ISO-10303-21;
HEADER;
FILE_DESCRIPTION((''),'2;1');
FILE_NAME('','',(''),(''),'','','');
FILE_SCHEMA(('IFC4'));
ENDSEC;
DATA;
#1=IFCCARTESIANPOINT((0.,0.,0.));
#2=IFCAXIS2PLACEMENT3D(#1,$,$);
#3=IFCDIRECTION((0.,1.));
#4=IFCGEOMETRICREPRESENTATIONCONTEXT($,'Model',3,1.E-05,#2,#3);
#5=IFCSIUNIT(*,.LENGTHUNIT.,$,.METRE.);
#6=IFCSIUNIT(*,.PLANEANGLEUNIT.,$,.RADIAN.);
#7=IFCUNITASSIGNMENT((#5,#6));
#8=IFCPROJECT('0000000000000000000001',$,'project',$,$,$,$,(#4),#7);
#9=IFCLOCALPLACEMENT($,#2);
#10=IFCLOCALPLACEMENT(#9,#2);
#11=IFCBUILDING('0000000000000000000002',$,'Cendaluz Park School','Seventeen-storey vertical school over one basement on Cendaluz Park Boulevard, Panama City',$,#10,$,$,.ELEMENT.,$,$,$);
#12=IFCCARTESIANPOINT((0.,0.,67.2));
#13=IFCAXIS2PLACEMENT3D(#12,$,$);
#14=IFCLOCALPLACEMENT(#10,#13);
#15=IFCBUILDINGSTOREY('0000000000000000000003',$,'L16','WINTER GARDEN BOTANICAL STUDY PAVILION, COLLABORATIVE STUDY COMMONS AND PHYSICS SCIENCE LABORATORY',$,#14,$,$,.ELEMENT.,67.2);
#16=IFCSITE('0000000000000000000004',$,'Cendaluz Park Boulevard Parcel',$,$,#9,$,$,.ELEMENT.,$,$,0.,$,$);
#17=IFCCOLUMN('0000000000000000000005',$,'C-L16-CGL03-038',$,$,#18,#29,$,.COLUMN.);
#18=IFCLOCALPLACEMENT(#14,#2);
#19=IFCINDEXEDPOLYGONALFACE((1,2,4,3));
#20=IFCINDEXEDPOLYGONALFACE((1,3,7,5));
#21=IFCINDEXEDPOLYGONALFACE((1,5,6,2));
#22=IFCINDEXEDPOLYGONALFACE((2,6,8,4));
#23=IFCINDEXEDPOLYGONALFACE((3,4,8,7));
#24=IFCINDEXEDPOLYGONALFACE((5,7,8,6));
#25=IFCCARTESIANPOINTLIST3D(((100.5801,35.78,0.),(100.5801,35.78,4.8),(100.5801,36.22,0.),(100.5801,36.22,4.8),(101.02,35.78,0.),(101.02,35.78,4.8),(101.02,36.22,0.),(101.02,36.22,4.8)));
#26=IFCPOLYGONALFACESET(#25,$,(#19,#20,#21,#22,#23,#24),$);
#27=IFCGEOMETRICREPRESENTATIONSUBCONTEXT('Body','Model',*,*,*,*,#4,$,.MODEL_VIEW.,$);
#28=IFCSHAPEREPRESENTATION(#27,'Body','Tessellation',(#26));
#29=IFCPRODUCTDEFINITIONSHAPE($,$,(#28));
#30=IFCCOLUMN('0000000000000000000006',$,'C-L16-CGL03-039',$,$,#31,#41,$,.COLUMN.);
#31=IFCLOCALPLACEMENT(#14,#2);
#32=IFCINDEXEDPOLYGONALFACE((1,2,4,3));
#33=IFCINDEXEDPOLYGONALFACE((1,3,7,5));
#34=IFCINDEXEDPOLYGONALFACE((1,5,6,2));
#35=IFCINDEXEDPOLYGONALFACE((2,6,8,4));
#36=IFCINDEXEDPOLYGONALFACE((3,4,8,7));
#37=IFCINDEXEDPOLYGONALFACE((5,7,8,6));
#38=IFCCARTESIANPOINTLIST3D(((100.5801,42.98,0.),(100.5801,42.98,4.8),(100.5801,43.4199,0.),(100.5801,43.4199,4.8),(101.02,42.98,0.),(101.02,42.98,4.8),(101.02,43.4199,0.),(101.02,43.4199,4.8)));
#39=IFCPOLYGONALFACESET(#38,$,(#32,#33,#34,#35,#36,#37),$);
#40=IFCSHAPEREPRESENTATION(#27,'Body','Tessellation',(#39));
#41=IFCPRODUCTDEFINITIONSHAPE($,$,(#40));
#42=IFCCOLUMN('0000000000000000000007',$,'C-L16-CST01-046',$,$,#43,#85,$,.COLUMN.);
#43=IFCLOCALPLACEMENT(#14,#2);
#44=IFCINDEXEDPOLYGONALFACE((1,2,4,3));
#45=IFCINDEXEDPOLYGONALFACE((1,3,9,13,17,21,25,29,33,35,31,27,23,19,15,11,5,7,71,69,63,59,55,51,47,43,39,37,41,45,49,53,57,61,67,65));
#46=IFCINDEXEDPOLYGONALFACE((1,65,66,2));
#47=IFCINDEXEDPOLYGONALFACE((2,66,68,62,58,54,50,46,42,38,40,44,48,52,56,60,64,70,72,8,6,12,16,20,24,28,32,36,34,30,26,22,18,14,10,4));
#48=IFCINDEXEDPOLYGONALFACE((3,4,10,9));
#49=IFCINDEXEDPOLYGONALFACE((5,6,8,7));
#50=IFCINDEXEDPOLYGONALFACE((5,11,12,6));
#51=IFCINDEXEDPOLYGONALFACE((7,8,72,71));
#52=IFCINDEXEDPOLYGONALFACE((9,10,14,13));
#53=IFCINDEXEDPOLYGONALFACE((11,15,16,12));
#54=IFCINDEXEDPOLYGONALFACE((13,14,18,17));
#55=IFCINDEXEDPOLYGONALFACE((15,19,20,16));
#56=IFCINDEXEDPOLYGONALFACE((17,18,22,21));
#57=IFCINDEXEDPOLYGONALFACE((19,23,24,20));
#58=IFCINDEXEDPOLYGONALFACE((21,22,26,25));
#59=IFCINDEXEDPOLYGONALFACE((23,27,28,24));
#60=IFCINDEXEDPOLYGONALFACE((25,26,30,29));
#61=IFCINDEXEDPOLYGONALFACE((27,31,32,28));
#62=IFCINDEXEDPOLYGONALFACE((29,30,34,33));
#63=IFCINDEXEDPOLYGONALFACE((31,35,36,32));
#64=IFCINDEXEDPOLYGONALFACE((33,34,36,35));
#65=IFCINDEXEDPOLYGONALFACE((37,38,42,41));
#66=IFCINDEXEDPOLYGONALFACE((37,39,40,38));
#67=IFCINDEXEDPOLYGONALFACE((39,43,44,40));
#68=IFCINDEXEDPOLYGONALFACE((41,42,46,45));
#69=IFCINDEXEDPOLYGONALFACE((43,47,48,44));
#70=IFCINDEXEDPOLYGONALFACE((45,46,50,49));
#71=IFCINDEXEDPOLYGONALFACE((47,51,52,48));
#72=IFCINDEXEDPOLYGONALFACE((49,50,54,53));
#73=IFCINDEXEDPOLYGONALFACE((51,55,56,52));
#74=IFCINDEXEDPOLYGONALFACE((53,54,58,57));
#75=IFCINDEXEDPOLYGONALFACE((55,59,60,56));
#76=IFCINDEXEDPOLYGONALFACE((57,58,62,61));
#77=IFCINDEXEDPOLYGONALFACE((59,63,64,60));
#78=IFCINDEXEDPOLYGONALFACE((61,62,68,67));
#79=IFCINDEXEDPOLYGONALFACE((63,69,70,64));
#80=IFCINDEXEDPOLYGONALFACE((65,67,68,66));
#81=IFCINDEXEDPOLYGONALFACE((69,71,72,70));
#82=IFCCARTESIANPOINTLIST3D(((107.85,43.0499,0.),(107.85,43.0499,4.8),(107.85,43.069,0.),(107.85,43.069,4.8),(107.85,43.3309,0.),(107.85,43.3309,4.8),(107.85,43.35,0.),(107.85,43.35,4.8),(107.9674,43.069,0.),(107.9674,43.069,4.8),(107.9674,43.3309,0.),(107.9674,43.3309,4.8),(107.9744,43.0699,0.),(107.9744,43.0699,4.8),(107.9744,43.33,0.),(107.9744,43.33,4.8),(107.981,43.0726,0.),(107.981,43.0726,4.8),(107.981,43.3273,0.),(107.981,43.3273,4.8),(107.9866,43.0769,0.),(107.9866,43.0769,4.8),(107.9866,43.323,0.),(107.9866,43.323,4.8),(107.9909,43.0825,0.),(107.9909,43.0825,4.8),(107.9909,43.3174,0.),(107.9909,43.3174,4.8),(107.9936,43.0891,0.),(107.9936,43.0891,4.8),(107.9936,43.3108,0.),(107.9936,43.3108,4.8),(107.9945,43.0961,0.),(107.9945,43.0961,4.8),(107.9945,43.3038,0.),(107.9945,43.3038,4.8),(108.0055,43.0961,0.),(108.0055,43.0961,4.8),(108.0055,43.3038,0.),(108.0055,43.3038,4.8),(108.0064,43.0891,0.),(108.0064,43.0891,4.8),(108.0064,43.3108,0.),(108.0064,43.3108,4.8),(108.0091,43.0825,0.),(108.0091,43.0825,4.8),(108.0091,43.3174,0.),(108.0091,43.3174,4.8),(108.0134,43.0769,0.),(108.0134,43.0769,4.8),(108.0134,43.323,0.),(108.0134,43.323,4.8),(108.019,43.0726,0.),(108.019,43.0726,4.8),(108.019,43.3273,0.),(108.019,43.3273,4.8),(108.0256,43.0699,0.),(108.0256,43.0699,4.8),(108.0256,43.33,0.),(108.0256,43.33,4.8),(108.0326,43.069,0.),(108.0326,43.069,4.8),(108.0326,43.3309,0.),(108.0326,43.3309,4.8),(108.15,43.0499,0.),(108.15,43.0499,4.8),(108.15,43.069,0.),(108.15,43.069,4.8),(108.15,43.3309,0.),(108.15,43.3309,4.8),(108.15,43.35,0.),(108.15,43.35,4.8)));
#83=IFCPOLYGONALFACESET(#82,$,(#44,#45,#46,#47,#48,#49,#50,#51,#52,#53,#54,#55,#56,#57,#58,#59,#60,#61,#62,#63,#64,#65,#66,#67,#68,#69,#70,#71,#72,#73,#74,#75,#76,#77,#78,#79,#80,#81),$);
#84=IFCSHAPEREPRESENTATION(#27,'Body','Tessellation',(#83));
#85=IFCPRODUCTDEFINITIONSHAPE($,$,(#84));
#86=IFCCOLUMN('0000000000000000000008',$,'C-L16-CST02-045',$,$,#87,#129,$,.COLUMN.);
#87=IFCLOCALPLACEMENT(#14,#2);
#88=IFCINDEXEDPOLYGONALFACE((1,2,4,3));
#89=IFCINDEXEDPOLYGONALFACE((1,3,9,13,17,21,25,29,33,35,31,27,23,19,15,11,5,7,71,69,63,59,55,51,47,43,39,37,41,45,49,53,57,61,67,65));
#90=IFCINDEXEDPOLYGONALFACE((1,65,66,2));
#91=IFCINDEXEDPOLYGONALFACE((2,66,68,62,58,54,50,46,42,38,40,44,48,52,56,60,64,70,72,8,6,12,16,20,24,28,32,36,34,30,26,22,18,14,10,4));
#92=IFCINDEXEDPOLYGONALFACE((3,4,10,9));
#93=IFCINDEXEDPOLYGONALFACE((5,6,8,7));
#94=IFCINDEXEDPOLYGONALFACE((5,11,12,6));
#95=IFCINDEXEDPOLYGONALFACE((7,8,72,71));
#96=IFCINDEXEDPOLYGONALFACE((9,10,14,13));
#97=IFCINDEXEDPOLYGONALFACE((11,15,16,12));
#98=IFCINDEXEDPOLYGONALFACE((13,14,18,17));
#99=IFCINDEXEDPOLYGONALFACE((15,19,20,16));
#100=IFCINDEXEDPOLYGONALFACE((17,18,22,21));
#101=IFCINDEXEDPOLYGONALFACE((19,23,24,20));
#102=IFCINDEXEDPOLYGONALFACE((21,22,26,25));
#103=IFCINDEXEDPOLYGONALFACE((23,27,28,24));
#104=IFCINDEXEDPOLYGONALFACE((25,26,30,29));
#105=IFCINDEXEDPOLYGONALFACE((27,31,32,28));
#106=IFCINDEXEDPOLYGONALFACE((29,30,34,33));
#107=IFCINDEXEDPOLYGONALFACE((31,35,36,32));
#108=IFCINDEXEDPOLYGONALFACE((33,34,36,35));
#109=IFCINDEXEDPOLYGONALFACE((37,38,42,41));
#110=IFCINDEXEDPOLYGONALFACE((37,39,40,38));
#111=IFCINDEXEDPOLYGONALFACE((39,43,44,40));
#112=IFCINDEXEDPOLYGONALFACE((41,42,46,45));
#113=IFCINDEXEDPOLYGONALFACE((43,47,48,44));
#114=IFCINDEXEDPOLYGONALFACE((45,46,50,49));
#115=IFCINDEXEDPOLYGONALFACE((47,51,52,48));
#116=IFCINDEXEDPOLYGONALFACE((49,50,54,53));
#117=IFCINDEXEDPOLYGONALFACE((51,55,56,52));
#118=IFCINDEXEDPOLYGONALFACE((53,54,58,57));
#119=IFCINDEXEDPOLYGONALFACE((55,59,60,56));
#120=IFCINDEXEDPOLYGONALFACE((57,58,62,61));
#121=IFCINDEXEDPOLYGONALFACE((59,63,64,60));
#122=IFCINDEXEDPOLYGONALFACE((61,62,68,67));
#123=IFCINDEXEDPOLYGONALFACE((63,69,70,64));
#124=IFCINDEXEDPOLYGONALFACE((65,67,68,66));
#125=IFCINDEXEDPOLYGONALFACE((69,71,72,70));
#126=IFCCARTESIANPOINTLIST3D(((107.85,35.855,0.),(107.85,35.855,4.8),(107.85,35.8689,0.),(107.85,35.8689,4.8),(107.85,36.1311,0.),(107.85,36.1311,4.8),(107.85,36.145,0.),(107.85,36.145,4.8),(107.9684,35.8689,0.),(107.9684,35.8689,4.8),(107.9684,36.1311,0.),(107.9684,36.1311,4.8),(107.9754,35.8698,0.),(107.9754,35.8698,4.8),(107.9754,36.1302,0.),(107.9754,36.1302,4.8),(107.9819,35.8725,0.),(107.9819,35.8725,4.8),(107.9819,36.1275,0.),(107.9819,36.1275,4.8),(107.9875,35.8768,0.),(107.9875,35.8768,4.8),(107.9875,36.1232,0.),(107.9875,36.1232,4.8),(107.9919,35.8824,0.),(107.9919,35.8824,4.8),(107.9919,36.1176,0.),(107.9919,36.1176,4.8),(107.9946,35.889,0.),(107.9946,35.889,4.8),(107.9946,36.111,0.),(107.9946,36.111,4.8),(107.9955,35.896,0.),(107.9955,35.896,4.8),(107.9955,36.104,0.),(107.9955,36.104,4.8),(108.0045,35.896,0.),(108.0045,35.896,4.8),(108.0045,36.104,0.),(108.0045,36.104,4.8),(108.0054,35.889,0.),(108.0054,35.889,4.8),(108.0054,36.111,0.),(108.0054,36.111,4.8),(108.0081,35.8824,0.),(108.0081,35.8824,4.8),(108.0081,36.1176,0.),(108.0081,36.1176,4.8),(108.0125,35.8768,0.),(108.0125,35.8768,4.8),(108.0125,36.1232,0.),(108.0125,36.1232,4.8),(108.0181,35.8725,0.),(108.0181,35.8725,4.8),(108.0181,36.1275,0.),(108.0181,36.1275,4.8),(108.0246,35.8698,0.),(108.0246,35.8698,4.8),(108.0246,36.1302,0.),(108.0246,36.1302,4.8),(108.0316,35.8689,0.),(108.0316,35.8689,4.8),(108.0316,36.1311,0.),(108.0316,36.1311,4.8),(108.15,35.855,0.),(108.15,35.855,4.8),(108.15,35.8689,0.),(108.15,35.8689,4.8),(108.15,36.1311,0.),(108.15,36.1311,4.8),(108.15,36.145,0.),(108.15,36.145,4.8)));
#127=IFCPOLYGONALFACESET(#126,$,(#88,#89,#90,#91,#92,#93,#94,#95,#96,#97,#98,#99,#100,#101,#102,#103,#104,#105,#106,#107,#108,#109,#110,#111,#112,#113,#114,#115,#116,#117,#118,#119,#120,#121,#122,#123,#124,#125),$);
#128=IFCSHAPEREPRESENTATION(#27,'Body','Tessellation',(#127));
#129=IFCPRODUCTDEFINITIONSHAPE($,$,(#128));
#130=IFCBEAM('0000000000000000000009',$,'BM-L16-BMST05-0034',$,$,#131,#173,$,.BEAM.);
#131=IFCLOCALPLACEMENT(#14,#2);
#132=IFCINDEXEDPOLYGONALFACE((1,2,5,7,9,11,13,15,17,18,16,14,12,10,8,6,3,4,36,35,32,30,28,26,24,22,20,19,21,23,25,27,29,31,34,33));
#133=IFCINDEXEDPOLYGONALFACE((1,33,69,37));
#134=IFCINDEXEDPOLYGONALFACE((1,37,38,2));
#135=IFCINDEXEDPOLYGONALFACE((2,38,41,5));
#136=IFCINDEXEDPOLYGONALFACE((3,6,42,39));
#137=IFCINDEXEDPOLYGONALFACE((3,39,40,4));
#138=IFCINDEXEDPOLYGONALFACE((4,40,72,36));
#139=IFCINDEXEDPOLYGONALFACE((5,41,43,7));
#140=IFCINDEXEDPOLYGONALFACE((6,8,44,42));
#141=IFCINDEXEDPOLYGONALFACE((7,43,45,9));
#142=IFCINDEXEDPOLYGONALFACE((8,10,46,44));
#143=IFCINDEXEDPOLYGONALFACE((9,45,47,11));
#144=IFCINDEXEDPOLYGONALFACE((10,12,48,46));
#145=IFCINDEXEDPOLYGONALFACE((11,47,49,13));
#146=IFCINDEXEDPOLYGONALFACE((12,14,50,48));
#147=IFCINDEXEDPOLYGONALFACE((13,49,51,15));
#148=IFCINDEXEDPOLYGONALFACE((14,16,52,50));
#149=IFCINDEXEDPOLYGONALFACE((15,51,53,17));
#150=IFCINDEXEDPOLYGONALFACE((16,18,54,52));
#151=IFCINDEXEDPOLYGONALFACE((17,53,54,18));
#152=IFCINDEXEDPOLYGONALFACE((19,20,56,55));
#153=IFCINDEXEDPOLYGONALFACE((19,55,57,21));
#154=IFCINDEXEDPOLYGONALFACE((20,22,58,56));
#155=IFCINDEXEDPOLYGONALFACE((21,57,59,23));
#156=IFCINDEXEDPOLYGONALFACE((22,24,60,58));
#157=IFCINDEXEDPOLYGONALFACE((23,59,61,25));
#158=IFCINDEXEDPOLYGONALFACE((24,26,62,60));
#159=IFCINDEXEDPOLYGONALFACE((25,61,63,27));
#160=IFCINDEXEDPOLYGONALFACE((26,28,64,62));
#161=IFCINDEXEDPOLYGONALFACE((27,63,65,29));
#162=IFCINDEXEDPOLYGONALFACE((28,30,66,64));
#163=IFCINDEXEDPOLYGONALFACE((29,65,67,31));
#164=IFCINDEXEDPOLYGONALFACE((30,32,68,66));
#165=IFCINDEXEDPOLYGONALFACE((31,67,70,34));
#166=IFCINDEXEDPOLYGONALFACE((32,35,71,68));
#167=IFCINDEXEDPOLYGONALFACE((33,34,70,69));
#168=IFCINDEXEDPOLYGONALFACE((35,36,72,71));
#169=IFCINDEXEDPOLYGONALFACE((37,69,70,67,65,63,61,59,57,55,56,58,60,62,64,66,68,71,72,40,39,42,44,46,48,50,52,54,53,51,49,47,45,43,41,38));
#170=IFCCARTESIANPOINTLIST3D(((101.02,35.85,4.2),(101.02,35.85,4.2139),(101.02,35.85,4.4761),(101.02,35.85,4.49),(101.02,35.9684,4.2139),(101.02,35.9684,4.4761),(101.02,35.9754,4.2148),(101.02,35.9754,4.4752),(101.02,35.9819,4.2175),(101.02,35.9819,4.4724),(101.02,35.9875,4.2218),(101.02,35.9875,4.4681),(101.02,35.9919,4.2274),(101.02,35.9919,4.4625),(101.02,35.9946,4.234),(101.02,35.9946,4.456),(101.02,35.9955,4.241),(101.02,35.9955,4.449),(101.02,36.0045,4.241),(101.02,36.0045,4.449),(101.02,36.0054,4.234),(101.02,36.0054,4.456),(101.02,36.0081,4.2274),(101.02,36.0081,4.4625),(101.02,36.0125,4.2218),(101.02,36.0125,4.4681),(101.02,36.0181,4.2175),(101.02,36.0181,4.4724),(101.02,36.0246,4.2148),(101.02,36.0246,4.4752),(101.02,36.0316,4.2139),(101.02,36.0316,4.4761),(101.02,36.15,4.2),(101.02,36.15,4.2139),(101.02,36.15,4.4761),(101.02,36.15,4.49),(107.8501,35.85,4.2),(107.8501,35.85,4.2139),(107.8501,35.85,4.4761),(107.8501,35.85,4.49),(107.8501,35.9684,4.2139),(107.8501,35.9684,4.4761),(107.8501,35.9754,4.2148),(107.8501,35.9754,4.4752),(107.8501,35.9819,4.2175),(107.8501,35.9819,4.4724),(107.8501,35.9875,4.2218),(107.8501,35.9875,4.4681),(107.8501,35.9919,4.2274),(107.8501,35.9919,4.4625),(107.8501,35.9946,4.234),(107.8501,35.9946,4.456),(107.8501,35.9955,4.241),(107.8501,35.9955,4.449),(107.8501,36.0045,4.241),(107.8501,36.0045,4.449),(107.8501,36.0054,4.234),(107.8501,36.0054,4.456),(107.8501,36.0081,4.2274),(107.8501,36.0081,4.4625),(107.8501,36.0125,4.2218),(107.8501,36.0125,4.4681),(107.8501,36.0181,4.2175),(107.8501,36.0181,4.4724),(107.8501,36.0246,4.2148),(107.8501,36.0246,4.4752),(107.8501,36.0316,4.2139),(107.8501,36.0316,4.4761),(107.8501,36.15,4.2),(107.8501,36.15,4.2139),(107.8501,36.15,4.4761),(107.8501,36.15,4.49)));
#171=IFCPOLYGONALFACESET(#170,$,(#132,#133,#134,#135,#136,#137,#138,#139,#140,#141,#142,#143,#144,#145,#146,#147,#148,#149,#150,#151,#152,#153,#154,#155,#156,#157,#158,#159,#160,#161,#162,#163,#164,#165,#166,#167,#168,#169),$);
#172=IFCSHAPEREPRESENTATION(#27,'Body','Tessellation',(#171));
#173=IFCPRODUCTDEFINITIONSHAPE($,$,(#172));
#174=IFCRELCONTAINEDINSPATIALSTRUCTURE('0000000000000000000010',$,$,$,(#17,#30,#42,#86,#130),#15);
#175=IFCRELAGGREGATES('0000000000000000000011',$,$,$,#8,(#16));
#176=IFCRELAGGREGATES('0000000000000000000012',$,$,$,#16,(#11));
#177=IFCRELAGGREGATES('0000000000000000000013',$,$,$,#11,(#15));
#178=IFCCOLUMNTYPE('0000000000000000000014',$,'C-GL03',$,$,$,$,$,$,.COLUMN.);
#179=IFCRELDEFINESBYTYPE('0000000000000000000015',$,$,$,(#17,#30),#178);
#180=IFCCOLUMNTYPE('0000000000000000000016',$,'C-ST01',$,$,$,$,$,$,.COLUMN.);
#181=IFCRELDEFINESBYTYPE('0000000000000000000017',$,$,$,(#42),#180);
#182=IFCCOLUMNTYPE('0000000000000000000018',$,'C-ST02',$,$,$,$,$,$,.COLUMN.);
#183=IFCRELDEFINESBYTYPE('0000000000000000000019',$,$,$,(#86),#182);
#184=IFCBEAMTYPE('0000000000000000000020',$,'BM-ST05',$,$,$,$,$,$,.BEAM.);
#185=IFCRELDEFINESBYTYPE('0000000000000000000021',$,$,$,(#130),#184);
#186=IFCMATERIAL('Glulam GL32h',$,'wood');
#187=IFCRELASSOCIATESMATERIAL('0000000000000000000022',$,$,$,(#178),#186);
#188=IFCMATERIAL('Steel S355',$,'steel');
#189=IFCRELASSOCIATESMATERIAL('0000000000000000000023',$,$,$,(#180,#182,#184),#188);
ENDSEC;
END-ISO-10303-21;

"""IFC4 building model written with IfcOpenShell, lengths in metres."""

from ifc_helpers import new_model, si_unit, direction, frame, origin, origin_2d, place, context, subcontext, project, spatial, rectangle, i_section, extrude, material, material_profile, profile_set, type_object, element, save


model = new_model("IFC4")

# Units and contexts
model_context = context("Model", 3, precision=1e-05, world=origin(), true_north=direction((0.0, 1.0)))
body_context = subcontext(model_context, "Body", "Model", "MODEL_VIEW")
ifc_project = project(units=[si_unit("LENGTHUNIT", "METRE"), si_unit("PLANEANGLEUNIT", "RADIAN")], contexts=[model_context])

# Site, building, storey
site_placement = place(None, origin())
site = spatial("IfcSite", under=ifc_project, at=site_placement, Name="Cendaluz Park Boulevard Parcel", CompositionType="ELEMENT", RefElevation=0.0)
building_placement = place(site_placement, origin())
building = spatial("IfcBuilding", under=site, at=building_placement, Name="Cendaluz Park School", Description="Seventeen-storey vertical school over one basement on Cendaluz Park Boulevard, Panama City", CompositionType="ELEMENT")
storey_placement = place(building_placement, frame((0.0, 0.0, 67.2)))
storey = spatial("IfcBuildingStorey", under=building, at=storey_placement, Name="L16", Description="WINTER GARDEN BOTANICAL STUDY PAVILION, COLLABORATIVE STUDY COMMONS AND PHYSICS SCIENCE LABORATORY", CompositionType="ELEMENT", Elevation=67.2)

# Columns
ifc_material_1 = material(Name="Glulam GL32h", Category="wood")
ifc_material_profile_1 = material_profile(ifc_material_1, rectangle(XDim=0.4399, YDim=0.4399, at=origin_2d()), Name="GL32h 440x440", Category="wood")
ifc_profile_set_1 = profile_set([ifc_material_profile_1], Name="Glulam GL32h")
column_type_1 = type_object("IfcColumnType", Name="C-GL03", PredefinedType="COLUMN", material=ifc_profile_set_1)
for number, where, z_axis, x_axis, name in (
    (1, (100.8, 36.0, 0.0), (0.0, 0.0, 1.0), (1.0, 0.0, 0.0), "C-L16-CGL03-038"),
    (2, (100.8, 43.2, 0.0), (0.0, 0.0, 1.0), (1.0, 0.0, 0.0), "C-L16-CGL03-039"),
):
    element("IfcColumn", number, at=place(storey_placement, frame(where, z_axis=z_axis, x_axis=x_axis)), inside=storey, type_object=column_type_1, Name=name, PredefinedType="COLUMN", context=body_context, shape_type="SweptSolid", body=[
        extrude(rectangle(XDim=0.4399, YDim=0.4399, at=origin_2d()), origin(), (0.0, 0.0, 1.0), 4.8),
    ])
ifc_material_2 = material(Name="Steel S355", Category="steel")
ifc_material_profile_2 = material_profile(ifc_material_2, i_section(OverallWidth=0.3, OverallDepth=0.3, WebThickness=0.011, FlangeThickness=0.019, FilletRadius=0.0271, at=origin_2d()), Name="HEB 300", Category="steel")
ifc_profile_set_2 = profile_set([ifc_material_profile_2], Name="Steel S355")
column_type_2 = type_object("IfcColumnType", Name="C-ST01", PredefinedType="COLUMN", material=ifc_profile_set_2)
column_1_placement = place(storey_placement, frame((108.0, 43.2, 0.0), z_axis=(0.0, 0.0, 1.0), x_axis=(1.0, 0.0, 0.0)))
element("IfcColumn", 3, at=column_1_placement, inside=storey, type_object=column_type_2, Name="C-L16-CST01-046", PredefinedType="COLUMN", context=body_context, shape_type="SweptSolid", body=[
    extrude(i_section(OverallWidth=0.3, OverallDepth=0.3, WebThickness=0.011, FlangeThickness=0.019, FilletRadius=0.0271, at=origin_2d()), origin(), (0.0, 0.0, 1.0), 4.8),
])
ifc_material_profile_3 = material_profile(ifc_material_2, i_section(OverallWidth=0.3, OverallDepth=0.29, WebThickness=0.009, FlangeThickness=0.0139, FilletRadius=0.0271, at=origin_2d()), Name="HEA 300", Category="steel")
ifc_profile_set_3 = profile_set([ifc_material_profile_3], Name="Steel S355")
column_type_3 = type_object("IfcColumnType", Name="C-ST02", PredefinedType="COLUMN", material=ifc_profile_set_3)
column_2_placement = place(storey_placement, frame((108.0, 36.0, 0.0), z_axis=(0.0, 0.0, 1.0), x_axis=(1.0, 0.0, 0.0)))
element("IfcColumn", 4, at=column_2_placement, inside=storey, type_object=column_type_3, Name="C-L16-CST02-045", PredefinedType="COLUMN", context=body_context, shape_type="SweptSolid", body=[
    extrude(i_section(OverallWidth=0.3, OverallDepth=0.29, WebThickness=0.009, FlangeThickness=0.0139, FilletRadius=0.0271, at=origin_2d()), origin(), (0.0, 0.0, 1.0), 4.8),
])

# Beam
ifc_material_profile_4 = material_profile(ifc_material_2, i_section(OverallWidth=0.3, OverallDepth=0.29, WebThickness=0.009, FlangeThickness=0.0139, FilletRadius=0.0271, at=origin_2d()), Name="HEA 300", Category="steel")
ifc_profile_set_4 = profile_set([ifc_material_profile_4], Name="Steel S355")
beam_type_1 = type_object("IfcBeamType", Name="BM-ST05", PredefinedType="BEAM", material=ifc_profile_set_4)
for number, where, z_axis, x_axis, name in (
    (5, (101.02, 36.0, 4.345), (1.0, 0.0, 0.0), (0.0, 1.0, 0.0), "BM-L16-BMST05-0034"),
):
    element("IfcBeam", number, at=place(storey_placement, frame(where, z_axis=z_axis, x_axis=x_axis)), inside=storey, type_object=beam_type_1, Name=name, PredefinedType="BEAM", context=body_context, shape_type="SweptSolid", body=[
        extrude(i_section(OverallWidth=0.3, OverallDepth=0.29, WebThickness=0.009, FlangeThickness=0.0139, FilletRadius=0.0271, at=origin_2d()), origin(), (0.0, 0.0, 1.0), 6.8301),
    ])

save(model, "model.ifc")
